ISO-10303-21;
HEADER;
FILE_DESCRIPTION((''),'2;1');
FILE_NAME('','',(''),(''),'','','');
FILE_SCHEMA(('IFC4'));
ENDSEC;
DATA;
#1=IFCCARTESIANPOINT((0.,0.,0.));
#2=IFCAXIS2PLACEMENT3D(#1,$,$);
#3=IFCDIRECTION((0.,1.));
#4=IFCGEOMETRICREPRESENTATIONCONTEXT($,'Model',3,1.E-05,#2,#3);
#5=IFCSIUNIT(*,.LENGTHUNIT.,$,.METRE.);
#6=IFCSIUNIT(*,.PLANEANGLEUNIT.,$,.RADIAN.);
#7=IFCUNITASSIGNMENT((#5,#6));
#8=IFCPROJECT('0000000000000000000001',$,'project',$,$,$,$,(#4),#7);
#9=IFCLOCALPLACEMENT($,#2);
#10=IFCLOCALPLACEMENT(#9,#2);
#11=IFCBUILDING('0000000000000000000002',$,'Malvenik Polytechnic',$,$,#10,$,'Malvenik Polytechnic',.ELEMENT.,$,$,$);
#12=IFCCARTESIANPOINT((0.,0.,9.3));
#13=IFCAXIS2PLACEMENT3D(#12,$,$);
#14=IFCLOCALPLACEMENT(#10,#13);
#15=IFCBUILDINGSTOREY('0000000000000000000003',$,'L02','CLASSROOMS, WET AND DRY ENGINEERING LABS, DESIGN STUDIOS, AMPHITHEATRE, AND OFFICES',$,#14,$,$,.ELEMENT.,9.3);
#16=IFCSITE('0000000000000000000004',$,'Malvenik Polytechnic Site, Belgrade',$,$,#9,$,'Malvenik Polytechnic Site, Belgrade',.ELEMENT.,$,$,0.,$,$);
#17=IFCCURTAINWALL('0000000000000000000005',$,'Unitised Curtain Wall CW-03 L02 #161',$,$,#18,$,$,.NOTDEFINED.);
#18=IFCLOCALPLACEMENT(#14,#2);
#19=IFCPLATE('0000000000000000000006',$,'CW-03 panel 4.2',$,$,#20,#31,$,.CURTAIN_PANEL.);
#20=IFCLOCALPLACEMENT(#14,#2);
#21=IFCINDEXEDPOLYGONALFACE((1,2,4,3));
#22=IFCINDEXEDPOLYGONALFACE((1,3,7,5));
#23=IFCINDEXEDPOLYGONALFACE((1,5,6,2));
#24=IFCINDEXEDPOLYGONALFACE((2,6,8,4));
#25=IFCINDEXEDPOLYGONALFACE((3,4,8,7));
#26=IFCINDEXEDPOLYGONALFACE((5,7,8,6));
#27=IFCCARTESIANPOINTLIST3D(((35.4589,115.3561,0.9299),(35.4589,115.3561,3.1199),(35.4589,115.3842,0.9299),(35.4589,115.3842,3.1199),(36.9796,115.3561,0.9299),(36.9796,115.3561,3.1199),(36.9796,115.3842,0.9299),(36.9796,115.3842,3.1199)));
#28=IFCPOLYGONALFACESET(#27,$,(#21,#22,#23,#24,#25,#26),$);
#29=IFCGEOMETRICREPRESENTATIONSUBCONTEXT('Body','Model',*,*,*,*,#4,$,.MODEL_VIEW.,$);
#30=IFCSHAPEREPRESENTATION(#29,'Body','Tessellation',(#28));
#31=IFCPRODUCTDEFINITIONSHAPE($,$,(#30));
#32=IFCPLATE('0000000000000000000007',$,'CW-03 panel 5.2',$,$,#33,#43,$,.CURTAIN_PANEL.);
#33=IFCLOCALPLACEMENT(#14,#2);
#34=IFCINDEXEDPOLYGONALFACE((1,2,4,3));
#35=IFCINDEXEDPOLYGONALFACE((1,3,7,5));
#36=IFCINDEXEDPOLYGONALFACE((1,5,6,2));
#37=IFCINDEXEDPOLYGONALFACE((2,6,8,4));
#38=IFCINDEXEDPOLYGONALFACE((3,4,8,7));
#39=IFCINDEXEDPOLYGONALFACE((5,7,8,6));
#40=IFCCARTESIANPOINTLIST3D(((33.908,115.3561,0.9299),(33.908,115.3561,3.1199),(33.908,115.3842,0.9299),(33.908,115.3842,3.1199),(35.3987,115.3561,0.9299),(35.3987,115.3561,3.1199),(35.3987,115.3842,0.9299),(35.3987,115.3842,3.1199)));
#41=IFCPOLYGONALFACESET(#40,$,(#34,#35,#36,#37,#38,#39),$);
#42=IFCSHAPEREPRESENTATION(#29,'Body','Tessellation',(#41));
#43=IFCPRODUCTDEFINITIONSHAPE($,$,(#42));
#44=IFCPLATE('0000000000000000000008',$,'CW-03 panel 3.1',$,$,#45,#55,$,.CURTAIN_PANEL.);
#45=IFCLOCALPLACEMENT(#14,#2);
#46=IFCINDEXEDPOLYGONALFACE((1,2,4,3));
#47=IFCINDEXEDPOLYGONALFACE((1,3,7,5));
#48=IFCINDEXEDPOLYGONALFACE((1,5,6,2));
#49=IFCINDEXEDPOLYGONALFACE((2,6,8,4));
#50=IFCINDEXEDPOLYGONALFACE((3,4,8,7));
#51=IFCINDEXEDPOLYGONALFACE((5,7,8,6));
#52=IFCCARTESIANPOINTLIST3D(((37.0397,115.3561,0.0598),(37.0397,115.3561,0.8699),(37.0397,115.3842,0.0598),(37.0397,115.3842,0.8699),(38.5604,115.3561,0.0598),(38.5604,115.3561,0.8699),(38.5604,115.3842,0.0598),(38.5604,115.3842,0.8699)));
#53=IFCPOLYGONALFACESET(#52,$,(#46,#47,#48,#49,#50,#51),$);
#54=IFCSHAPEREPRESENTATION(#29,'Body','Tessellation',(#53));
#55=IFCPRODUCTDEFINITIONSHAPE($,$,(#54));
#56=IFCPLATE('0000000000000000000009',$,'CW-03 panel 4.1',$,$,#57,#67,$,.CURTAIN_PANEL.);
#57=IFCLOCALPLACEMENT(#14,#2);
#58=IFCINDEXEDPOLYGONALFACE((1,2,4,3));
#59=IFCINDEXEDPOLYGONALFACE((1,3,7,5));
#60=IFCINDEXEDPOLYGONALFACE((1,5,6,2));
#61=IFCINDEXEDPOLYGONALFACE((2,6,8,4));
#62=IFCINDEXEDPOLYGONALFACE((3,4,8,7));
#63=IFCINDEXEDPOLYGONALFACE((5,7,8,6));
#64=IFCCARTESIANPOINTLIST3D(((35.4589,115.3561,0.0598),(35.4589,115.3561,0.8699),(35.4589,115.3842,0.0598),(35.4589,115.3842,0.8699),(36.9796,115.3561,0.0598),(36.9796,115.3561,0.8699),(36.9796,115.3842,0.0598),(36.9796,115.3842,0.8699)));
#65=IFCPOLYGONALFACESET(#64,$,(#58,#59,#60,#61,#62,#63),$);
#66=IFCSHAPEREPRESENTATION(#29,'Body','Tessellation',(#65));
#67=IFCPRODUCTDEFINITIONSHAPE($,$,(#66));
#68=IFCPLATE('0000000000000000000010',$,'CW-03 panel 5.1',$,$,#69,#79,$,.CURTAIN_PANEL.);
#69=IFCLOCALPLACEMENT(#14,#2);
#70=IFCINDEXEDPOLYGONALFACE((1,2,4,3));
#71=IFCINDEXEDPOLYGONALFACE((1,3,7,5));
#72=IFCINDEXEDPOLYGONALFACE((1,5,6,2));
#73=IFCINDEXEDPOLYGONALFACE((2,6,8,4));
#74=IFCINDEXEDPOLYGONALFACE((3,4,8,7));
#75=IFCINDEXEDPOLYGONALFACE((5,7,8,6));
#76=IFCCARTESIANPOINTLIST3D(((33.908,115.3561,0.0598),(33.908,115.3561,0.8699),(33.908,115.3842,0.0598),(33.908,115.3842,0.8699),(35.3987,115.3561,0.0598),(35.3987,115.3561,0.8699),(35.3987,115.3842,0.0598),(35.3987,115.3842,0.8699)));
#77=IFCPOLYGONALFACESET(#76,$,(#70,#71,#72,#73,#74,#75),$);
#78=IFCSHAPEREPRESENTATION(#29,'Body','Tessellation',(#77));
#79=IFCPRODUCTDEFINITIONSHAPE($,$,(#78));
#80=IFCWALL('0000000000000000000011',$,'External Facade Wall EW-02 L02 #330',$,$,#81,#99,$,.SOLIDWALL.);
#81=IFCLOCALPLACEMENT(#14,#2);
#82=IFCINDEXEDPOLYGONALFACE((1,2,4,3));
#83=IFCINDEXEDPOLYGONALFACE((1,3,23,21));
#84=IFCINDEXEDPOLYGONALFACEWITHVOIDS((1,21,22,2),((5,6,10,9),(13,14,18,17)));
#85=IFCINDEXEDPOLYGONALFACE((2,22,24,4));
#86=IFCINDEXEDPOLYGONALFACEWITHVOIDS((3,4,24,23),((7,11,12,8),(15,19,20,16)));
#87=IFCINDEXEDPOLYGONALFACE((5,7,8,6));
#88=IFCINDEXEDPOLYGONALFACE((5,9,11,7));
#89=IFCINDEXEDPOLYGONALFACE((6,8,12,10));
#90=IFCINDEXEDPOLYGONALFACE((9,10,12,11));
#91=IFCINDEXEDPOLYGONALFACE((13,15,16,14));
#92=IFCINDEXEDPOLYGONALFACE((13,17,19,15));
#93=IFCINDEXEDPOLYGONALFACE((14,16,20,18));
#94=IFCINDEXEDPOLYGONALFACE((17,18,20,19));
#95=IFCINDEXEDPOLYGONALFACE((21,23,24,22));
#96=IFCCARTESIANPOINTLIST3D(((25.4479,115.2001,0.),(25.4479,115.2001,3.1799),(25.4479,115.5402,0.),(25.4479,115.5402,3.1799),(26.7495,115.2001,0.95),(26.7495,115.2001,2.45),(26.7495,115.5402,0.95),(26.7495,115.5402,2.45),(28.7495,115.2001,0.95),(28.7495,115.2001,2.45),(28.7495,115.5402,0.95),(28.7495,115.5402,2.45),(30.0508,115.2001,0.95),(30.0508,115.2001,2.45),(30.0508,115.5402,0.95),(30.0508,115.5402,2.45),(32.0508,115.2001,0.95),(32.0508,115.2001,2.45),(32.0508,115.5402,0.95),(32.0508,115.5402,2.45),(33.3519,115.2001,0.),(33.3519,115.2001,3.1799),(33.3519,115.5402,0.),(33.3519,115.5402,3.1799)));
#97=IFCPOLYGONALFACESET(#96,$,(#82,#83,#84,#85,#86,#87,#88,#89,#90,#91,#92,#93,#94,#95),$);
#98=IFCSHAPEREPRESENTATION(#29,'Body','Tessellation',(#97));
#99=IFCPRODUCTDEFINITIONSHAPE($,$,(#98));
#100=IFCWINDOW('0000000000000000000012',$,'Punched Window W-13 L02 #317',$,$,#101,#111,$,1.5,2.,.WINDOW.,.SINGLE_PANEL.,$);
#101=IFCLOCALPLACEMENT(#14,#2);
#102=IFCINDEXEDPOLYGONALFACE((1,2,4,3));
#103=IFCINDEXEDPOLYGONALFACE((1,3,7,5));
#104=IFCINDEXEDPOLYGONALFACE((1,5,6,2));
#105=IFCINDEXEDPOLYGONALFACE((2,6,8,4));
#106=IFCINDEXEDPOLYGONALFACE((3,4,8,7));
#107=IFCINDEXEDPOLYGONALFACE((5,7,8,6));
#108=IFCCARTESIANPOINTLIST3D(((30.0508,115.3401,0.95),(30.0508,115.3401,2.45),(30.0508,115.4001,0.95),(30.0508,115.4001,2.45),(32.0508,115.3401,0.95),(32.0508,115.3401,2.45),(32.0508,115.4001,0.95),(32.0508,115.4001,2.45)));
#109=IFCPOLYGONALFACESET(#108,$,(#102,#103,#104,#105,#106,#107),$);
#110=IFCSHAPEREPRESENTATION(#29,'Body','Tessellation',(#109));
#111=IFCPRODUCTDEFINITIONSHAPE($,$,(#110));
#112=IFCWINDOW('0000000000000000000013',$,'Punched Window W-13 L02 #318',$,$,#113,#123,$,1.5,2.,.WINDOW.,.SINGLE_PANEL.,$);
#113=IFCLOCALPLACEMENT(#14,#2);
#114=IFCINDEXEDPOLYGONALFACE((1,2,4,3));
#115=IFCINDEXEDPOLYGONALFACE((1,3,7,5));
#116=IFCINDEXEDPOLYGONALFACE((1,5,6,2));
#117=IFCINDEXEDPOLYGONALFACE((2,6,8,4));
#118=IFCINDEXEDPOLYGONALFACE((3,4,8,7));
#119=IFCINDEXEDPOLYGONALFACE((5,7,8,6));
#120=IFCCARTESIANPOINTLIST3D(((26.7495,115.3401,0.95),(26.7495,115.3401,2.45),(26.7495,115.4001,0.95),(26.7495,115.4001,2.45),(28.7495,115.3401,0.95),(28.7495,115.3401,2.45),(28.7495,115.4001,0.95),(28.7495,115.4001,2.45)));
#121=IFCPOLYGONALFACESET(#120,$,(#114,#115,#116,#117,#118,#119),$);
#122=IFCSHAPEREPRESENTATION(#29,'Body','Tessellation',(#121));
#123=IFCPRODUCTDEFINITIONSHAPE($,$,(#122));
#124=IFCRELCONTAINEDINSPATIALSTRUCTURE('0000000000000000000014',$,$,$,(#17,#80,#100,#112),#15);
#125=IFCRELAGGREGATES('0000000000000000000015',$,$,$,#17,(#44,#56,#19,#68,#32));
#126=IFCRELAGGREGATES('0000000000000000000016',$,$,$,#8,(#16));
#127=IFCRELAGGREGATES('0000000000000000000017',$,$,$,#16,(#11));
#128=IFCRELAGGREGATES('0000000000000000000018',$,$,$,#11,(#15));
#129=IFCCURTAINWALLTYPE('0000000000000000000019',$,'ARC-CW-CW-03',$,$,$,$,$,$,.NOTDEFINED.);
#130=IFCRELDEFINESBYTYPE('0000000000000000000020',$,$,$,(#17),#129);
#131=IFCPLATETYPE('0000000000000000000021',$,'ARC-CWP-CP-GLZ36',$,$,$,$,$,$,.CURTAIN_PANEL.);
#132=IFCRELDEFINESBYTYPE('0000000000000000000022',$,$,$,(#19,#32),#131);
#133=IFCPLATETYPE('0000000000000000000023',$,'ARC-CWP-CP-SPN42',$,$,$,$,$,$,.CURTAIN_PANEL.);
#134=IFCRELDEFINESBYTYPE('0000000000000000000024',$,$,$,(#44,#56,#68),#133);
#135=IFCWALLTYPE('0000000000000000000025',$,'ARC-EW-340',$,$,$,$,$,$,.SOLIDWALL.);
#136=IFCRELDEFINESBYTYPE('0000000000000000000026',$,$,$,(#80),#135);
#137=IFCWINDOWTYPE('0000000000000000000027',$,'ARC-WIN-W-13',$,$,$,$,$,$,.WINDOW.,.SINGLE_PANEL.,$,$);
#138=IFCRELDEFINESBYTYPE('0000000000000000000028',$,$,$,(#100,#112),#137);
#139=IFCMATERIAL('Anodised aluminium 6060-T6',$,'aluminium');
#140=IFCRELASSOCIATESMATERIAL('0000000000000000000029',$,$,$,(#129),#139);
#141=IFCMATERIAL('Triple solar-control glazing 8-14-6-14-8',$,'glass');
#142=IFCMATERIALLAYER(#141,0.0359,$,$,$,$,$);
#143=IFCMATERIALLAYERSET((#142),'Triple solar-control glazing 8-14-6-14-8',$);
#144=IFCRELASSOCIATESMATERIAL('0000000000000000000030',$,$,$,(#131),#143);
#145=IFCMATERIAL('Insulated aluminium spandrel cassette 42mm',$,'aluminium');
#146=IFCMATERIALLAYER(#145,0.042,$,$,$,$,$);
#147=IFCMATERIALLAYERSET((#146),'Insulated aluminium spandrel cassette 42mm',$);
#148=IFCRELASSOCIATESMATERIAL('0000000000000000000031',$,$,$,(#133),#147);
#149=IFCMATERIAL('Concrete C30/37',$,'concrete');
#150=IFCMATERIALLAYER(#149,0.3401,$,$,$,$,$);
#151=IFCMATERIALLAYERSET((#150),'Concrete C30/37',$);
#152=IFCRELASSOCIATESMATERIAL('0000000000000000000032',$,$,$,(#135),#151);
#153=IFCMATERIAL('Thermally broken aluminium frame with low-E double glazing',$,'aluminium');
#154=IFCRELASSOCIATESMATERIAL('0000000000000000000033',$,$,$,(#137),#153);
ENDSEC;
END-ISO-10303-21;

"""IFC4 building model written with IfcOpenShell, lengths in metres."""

from ifc_helpers import new_model, si_unit, direction, frame, frame_2d, origin, origin_2d, place, context, subcontext, project, spatial, rectangle, extrude, material, layer, layer_set, type_object, element, fill, aggregate, save


model = new_model("IFC4")

# Units and contexts
model_context = context("Model", 3, precision=1e-05, world=origin(), true_north=direction((0.0, 1.0)))
body_context = subcontext(model_context, "Body", "Model", "MODEL_VIEW")
ifc_project = project(units=[si_unit("LENGTHUNIT", "METRE"), si_unit("PLANEANGLEUNIT", "RADIAN")], contexts=[model_context])

# Site, building, storey
site_placement = place(None, origin())
site = spatial("IfcSite", under=ifc_project, at=site_placement, Name="Malvenik Polytechnic Site, Belgrade", LongName="Malvenik Polytechnic Site, Belgrade", CompositionType="ELEMENT", RefElevation=0.0)
building_placement = place(site_placement, origin())
building = spatial("IfcBuilding", under=site, at=building_placement, Name="Malvenik Polytechnic", LongName="Malvenik Polytechnic", CompositionType="ELEMENT")
storey_placement = place(building_placement, frame((0.0, 0.0, 9.3)))
storey = spatial("IfcBuildingStorey", under=building, at=storey_placement, Name="L02", Description="CLASSROOMS, WET AND DRY ENGINEERING LABS, DESIGN STUDIOS, AMPHITHEATRE, AND OFFICES", CompositionType="ELEMENT", Elevation=9.3)

# Curtain wall
ifc_material_1 = material(Name="Anodised aluminium 6060-T6", Category="aluminium")
curtain_wall_type = type_object("IfcCurtainWallType", Name="ARC-CW-CW-03", PredefinedType="NOTDEFINED", material=ifc_material_1)
curtain_wall_placement = place(storey_placement, origin())
curtain_wall = element("IfcCurtainWall", 1, at=curtain_wall_placement, inside=storey, type_object=curtain_wall_type, Name="Unitised Curtain Wall CW-03 L02 #161", PredefinedType="NOTDEFINED")

# Plates
ifc_material_2 = material(Name="Triple solar-control glazing 8-14-6-14-8", Category="glass")
ifc_layer_1 = layer(ifc_material_2, 0.0359)
ifc_layer_set_1 = layer_set([ifc_layer_1], Name="Triple solar-control glazing 8-14-6-14-8")
plate_type_1 = type_object("IfcPlateType", Name="ARC-CWP-CP-GLZ36", PredefinedType="CURTAIN_PANEL", material=ifc_layer_set_1)
plate_1_placement = place(storey_placement, frame((36.2192, 115.3701, 0.9299), z_axis=(0.0, 0.0, 1.0), x_axis=(-1.0, 0.0, 0.0)))
plate_1 = element("IfcPlate", 2, at=plate_1_placement, type_object=plate_type_1, Name="CW-03 panel 4.2", PredefinedType="CURTAIN_PANEL", context=body_context, shape_type="SweptSolid", body=[
    extrude(rectangle(XDim=1.5208, YDim=0.0281, at=origin_2d()), origin(), (0.0, 0.0, 1.0), 2.1899),
])
plate_2_placement = place(storey_placement, frame((34.6533, 115.3701, 0.9299), z_axis=(0.0, 0.0, 1.0), x_axis=(-1.0, 0.0, 0.0)))
plate_2 = element("IfcPlate", 3, at=plate_2_placement, type_object=plate_type_1, Name="CW-03 panel 5.2", PredefinedType="CURTAIN_PANEL", context=body_context, shape_type="SweptSolid", body=[
    extrude(rectangle(XDim=1.4907, YDim=0.0281, at=origin_2d()), origin(), (0.0, 0.0, 1.0), 2.1899),
])
ifc_material_3 = material(Name="Insulated aluminium spandrel cassette 42mm", Category="aluminium")
ifc_layer_2 = layer(ifc_material_3, 0.042)
ifc_layer_set_2 = layer_set([ifc_layer_2], Name="Insulated aluminium spandrel cassette 42mm")
plate_type_2 = type_object("IfcPlateType", Name="ARC-CWP-CP-SPN42", PredefinedType="CURTAIN_PANEL", material=ifc_layer_set_2)
plate_3_placement = place(storey_placement, frame((37.8, 115.3701, 0.0598), z_axis=(0.0, 0.0, 1.0), x_axis=(-1.0, 0.0, 0.0)))
plate_3 = element("IfcPlate", 4, at=plate_3_placement, type_object=plate_type_2, Name="CW-03 panel 3.1", PredefinedType="CURTAIN_PANEL", context=body_context, shape_type="SweptSolid", body=[
    extrude(rectangle(XDim=1.5208, YDim=0.0281, at=origin_2d()), origin(), (0.0, 0.0, 1.0), 0.8101),
])
plate_4_placement = place(storey_placement, frame((36.2192, 115.3701, 0.0598), z_axis=(0.0, 0.0, 1.0), x_axis=(-1.0, 0.0, 0.0)))
plate_4 = element("IfcPlate", 5, at=plate_4_placement, type_object=plate_type_2, Name="CW-03 panel 4.1", PredefinedType="CURTAIN_PANEL", context=body_context, shape_type="SweptSolid", body=[
    extrude(rectangle(XDim=1.5208, YDim=0.0281, at=origin_2d()), origin(), (0.0, 0.0, 1.0), 0.8101),
])
plate_5_placement = place(storey_placement, frame((34.6533, 115.3701, 0.0598), z_axis=(0.0, 0.0, 1.0), x_axis=(-1.0, 0.0, 0.0)))
plate_5 = element("IfcPlate", 6, at=plate_5_placement, type_object=plate_type_2, Name="CW-03 panel 5.1", PredefinedType="CURTAIN_PANEL", context=body_context, shape_type="SweptSolid", body=[
    extrude(rectangle(XDim=1.4907, YDim=0.0281, at=origin_2d()), origin(), (0.0, 0.0, 1.0), 0.8101),
])
aggregate(curtain_wall, [plate_3, plate_4, plate_1, plate_5, plate_2])

# Wall, openings, windows
ifc_material_4 = material(Name="Concrete C30/37", Category="concrete")
ifc_layer_3 = layer(ifc_material_4, 0.3401)
ifc_layer_set_3 = layer_set([ifc_layer_3], Name="Concrete C30/37")
wall_type = type_object("IfcWallType", Name="ARC-EW-340", PredefinedType="SOLIDWALL", material=ifc_layer_set_3)
wall_placement = place(storey_placement, frame((33.3521, 115.3701, 0.0), z_axis=(0.0, 0.0, 1.0), x_axis=(-1.0, 0.0, 0.0)))
wall = element("IfcWall", 7, at=wall_placement, inside=storey, type_object=wall_type, Name="External Facade Wall EW-02 L02 #330", PredefinedType="SOLIDWALL", context=body_context, shape_type="SweptSolid", body=[
    extrude(rectangle(XDim=7.9041, YDim=0.3401, at=frame_2d((3.9521, 0.0))), origin(), (0.0, 0.0, 1.0), 3.1799),
])
opening_1_placement = place(wall_placement, frame((1.3013, 0.0, 0.95)))
opening_1 = element("IfcOpeningElement", 8, at=opening_1_placement, cuts=wall, PredefinedType="OPENING", context=body_context, shape_type="SweptSolid", body=[
    extrude(rectangle(XDim=2.0, YDim=1.5, at=frame_2d((1.0, 0.75))), frame((0.0, 0.1802, 0.0), z_axis=(0.0, -1.0, 0.0), x_axis=(1.0, 0.0, 0.0)), (0.0, 0.0, 1.0), 0.3601),
])
opening_2_placement = place(wall_placement, frame((4.6025, 0.0, 0.95)))
opening_2 = element("IfcOpeningElement", 9, at=opening_2_placement, cuts=wall, PredefinedType="OPENING", context=body_context, shape_type="SweptSolid", body=[
    extrude(rectangle(XDim=2.0, YDim=1.5, at=frame_2d((1.0, 0.75))), frame((0.0, 0.1802, 0.0), z_axis=(0.0, -1.0, 0.0), x_axis=(1.0, 0.0, 0.0)), (0.0, 0.0, 1.0), 0.3601),
])
ifc_material_5 = material(Name="Thermally broken aluminium frame with low-E double glazing", Category="aluminium")
window_type = type_object("IfcWindowType", Name="ARC-WIN-W-13", PartitioningType="SINGLE_PANEL", PredefinedType="WINDOW", material=ifc_material_5)
window_1_placement = place(opening_1_placement, origin())
window_1 = element("IfcWindow", 10, at=window_1_placement, inside=storey, type_object=window_type, Name="Punched Window W-13 L02 #317", OverallHeight=1.5, OverallWidth=2.0, PartitioningType="SINGLE_PANEL", PredefinedType="WINDOW", context=body_context, shape_type="SweptSolid", body=[
    extrude(rectangle(XDim=2.0, YDim=1.5, at=frame_2d((1.0, 0.75))), frame((0.0, 0.03, 0.0), z_axis=(0.0, -1.0, 0.0), x_axis=(1.0, 0.0, 0.0)), (0.0, 0.0, 1.0), 0.0601),
])
fill(opening_1, window_1)
window_2_placement = place(opening_2_placement, origin())
window_2 = element("IfcWindow", 11, at=window_2_placement, inside=storey, type_object=window_type, Name="Punched Window W-13 L02 #318", OverallHeight=1.5, OverallWidth=2.0, PartitioningType="SINGLE_PANEL", PredefinedType="WINDOW", context=body_context, shape_type="SweptSolid", body=[
    extrude(rectangle(XDim=2.0, YDim=1.5, at=frame_2d((1.0, 0.75))), frame((0.0, 0.03, 0.0), z_axis=(0.0, -1.0, 0.0), x_axis=(1.0, 0.0, 0.0)), (0.0, 0.0, 1.0), 0.0601),
])
fill(opening_2, window_2)

save(model, "model.ifc")
